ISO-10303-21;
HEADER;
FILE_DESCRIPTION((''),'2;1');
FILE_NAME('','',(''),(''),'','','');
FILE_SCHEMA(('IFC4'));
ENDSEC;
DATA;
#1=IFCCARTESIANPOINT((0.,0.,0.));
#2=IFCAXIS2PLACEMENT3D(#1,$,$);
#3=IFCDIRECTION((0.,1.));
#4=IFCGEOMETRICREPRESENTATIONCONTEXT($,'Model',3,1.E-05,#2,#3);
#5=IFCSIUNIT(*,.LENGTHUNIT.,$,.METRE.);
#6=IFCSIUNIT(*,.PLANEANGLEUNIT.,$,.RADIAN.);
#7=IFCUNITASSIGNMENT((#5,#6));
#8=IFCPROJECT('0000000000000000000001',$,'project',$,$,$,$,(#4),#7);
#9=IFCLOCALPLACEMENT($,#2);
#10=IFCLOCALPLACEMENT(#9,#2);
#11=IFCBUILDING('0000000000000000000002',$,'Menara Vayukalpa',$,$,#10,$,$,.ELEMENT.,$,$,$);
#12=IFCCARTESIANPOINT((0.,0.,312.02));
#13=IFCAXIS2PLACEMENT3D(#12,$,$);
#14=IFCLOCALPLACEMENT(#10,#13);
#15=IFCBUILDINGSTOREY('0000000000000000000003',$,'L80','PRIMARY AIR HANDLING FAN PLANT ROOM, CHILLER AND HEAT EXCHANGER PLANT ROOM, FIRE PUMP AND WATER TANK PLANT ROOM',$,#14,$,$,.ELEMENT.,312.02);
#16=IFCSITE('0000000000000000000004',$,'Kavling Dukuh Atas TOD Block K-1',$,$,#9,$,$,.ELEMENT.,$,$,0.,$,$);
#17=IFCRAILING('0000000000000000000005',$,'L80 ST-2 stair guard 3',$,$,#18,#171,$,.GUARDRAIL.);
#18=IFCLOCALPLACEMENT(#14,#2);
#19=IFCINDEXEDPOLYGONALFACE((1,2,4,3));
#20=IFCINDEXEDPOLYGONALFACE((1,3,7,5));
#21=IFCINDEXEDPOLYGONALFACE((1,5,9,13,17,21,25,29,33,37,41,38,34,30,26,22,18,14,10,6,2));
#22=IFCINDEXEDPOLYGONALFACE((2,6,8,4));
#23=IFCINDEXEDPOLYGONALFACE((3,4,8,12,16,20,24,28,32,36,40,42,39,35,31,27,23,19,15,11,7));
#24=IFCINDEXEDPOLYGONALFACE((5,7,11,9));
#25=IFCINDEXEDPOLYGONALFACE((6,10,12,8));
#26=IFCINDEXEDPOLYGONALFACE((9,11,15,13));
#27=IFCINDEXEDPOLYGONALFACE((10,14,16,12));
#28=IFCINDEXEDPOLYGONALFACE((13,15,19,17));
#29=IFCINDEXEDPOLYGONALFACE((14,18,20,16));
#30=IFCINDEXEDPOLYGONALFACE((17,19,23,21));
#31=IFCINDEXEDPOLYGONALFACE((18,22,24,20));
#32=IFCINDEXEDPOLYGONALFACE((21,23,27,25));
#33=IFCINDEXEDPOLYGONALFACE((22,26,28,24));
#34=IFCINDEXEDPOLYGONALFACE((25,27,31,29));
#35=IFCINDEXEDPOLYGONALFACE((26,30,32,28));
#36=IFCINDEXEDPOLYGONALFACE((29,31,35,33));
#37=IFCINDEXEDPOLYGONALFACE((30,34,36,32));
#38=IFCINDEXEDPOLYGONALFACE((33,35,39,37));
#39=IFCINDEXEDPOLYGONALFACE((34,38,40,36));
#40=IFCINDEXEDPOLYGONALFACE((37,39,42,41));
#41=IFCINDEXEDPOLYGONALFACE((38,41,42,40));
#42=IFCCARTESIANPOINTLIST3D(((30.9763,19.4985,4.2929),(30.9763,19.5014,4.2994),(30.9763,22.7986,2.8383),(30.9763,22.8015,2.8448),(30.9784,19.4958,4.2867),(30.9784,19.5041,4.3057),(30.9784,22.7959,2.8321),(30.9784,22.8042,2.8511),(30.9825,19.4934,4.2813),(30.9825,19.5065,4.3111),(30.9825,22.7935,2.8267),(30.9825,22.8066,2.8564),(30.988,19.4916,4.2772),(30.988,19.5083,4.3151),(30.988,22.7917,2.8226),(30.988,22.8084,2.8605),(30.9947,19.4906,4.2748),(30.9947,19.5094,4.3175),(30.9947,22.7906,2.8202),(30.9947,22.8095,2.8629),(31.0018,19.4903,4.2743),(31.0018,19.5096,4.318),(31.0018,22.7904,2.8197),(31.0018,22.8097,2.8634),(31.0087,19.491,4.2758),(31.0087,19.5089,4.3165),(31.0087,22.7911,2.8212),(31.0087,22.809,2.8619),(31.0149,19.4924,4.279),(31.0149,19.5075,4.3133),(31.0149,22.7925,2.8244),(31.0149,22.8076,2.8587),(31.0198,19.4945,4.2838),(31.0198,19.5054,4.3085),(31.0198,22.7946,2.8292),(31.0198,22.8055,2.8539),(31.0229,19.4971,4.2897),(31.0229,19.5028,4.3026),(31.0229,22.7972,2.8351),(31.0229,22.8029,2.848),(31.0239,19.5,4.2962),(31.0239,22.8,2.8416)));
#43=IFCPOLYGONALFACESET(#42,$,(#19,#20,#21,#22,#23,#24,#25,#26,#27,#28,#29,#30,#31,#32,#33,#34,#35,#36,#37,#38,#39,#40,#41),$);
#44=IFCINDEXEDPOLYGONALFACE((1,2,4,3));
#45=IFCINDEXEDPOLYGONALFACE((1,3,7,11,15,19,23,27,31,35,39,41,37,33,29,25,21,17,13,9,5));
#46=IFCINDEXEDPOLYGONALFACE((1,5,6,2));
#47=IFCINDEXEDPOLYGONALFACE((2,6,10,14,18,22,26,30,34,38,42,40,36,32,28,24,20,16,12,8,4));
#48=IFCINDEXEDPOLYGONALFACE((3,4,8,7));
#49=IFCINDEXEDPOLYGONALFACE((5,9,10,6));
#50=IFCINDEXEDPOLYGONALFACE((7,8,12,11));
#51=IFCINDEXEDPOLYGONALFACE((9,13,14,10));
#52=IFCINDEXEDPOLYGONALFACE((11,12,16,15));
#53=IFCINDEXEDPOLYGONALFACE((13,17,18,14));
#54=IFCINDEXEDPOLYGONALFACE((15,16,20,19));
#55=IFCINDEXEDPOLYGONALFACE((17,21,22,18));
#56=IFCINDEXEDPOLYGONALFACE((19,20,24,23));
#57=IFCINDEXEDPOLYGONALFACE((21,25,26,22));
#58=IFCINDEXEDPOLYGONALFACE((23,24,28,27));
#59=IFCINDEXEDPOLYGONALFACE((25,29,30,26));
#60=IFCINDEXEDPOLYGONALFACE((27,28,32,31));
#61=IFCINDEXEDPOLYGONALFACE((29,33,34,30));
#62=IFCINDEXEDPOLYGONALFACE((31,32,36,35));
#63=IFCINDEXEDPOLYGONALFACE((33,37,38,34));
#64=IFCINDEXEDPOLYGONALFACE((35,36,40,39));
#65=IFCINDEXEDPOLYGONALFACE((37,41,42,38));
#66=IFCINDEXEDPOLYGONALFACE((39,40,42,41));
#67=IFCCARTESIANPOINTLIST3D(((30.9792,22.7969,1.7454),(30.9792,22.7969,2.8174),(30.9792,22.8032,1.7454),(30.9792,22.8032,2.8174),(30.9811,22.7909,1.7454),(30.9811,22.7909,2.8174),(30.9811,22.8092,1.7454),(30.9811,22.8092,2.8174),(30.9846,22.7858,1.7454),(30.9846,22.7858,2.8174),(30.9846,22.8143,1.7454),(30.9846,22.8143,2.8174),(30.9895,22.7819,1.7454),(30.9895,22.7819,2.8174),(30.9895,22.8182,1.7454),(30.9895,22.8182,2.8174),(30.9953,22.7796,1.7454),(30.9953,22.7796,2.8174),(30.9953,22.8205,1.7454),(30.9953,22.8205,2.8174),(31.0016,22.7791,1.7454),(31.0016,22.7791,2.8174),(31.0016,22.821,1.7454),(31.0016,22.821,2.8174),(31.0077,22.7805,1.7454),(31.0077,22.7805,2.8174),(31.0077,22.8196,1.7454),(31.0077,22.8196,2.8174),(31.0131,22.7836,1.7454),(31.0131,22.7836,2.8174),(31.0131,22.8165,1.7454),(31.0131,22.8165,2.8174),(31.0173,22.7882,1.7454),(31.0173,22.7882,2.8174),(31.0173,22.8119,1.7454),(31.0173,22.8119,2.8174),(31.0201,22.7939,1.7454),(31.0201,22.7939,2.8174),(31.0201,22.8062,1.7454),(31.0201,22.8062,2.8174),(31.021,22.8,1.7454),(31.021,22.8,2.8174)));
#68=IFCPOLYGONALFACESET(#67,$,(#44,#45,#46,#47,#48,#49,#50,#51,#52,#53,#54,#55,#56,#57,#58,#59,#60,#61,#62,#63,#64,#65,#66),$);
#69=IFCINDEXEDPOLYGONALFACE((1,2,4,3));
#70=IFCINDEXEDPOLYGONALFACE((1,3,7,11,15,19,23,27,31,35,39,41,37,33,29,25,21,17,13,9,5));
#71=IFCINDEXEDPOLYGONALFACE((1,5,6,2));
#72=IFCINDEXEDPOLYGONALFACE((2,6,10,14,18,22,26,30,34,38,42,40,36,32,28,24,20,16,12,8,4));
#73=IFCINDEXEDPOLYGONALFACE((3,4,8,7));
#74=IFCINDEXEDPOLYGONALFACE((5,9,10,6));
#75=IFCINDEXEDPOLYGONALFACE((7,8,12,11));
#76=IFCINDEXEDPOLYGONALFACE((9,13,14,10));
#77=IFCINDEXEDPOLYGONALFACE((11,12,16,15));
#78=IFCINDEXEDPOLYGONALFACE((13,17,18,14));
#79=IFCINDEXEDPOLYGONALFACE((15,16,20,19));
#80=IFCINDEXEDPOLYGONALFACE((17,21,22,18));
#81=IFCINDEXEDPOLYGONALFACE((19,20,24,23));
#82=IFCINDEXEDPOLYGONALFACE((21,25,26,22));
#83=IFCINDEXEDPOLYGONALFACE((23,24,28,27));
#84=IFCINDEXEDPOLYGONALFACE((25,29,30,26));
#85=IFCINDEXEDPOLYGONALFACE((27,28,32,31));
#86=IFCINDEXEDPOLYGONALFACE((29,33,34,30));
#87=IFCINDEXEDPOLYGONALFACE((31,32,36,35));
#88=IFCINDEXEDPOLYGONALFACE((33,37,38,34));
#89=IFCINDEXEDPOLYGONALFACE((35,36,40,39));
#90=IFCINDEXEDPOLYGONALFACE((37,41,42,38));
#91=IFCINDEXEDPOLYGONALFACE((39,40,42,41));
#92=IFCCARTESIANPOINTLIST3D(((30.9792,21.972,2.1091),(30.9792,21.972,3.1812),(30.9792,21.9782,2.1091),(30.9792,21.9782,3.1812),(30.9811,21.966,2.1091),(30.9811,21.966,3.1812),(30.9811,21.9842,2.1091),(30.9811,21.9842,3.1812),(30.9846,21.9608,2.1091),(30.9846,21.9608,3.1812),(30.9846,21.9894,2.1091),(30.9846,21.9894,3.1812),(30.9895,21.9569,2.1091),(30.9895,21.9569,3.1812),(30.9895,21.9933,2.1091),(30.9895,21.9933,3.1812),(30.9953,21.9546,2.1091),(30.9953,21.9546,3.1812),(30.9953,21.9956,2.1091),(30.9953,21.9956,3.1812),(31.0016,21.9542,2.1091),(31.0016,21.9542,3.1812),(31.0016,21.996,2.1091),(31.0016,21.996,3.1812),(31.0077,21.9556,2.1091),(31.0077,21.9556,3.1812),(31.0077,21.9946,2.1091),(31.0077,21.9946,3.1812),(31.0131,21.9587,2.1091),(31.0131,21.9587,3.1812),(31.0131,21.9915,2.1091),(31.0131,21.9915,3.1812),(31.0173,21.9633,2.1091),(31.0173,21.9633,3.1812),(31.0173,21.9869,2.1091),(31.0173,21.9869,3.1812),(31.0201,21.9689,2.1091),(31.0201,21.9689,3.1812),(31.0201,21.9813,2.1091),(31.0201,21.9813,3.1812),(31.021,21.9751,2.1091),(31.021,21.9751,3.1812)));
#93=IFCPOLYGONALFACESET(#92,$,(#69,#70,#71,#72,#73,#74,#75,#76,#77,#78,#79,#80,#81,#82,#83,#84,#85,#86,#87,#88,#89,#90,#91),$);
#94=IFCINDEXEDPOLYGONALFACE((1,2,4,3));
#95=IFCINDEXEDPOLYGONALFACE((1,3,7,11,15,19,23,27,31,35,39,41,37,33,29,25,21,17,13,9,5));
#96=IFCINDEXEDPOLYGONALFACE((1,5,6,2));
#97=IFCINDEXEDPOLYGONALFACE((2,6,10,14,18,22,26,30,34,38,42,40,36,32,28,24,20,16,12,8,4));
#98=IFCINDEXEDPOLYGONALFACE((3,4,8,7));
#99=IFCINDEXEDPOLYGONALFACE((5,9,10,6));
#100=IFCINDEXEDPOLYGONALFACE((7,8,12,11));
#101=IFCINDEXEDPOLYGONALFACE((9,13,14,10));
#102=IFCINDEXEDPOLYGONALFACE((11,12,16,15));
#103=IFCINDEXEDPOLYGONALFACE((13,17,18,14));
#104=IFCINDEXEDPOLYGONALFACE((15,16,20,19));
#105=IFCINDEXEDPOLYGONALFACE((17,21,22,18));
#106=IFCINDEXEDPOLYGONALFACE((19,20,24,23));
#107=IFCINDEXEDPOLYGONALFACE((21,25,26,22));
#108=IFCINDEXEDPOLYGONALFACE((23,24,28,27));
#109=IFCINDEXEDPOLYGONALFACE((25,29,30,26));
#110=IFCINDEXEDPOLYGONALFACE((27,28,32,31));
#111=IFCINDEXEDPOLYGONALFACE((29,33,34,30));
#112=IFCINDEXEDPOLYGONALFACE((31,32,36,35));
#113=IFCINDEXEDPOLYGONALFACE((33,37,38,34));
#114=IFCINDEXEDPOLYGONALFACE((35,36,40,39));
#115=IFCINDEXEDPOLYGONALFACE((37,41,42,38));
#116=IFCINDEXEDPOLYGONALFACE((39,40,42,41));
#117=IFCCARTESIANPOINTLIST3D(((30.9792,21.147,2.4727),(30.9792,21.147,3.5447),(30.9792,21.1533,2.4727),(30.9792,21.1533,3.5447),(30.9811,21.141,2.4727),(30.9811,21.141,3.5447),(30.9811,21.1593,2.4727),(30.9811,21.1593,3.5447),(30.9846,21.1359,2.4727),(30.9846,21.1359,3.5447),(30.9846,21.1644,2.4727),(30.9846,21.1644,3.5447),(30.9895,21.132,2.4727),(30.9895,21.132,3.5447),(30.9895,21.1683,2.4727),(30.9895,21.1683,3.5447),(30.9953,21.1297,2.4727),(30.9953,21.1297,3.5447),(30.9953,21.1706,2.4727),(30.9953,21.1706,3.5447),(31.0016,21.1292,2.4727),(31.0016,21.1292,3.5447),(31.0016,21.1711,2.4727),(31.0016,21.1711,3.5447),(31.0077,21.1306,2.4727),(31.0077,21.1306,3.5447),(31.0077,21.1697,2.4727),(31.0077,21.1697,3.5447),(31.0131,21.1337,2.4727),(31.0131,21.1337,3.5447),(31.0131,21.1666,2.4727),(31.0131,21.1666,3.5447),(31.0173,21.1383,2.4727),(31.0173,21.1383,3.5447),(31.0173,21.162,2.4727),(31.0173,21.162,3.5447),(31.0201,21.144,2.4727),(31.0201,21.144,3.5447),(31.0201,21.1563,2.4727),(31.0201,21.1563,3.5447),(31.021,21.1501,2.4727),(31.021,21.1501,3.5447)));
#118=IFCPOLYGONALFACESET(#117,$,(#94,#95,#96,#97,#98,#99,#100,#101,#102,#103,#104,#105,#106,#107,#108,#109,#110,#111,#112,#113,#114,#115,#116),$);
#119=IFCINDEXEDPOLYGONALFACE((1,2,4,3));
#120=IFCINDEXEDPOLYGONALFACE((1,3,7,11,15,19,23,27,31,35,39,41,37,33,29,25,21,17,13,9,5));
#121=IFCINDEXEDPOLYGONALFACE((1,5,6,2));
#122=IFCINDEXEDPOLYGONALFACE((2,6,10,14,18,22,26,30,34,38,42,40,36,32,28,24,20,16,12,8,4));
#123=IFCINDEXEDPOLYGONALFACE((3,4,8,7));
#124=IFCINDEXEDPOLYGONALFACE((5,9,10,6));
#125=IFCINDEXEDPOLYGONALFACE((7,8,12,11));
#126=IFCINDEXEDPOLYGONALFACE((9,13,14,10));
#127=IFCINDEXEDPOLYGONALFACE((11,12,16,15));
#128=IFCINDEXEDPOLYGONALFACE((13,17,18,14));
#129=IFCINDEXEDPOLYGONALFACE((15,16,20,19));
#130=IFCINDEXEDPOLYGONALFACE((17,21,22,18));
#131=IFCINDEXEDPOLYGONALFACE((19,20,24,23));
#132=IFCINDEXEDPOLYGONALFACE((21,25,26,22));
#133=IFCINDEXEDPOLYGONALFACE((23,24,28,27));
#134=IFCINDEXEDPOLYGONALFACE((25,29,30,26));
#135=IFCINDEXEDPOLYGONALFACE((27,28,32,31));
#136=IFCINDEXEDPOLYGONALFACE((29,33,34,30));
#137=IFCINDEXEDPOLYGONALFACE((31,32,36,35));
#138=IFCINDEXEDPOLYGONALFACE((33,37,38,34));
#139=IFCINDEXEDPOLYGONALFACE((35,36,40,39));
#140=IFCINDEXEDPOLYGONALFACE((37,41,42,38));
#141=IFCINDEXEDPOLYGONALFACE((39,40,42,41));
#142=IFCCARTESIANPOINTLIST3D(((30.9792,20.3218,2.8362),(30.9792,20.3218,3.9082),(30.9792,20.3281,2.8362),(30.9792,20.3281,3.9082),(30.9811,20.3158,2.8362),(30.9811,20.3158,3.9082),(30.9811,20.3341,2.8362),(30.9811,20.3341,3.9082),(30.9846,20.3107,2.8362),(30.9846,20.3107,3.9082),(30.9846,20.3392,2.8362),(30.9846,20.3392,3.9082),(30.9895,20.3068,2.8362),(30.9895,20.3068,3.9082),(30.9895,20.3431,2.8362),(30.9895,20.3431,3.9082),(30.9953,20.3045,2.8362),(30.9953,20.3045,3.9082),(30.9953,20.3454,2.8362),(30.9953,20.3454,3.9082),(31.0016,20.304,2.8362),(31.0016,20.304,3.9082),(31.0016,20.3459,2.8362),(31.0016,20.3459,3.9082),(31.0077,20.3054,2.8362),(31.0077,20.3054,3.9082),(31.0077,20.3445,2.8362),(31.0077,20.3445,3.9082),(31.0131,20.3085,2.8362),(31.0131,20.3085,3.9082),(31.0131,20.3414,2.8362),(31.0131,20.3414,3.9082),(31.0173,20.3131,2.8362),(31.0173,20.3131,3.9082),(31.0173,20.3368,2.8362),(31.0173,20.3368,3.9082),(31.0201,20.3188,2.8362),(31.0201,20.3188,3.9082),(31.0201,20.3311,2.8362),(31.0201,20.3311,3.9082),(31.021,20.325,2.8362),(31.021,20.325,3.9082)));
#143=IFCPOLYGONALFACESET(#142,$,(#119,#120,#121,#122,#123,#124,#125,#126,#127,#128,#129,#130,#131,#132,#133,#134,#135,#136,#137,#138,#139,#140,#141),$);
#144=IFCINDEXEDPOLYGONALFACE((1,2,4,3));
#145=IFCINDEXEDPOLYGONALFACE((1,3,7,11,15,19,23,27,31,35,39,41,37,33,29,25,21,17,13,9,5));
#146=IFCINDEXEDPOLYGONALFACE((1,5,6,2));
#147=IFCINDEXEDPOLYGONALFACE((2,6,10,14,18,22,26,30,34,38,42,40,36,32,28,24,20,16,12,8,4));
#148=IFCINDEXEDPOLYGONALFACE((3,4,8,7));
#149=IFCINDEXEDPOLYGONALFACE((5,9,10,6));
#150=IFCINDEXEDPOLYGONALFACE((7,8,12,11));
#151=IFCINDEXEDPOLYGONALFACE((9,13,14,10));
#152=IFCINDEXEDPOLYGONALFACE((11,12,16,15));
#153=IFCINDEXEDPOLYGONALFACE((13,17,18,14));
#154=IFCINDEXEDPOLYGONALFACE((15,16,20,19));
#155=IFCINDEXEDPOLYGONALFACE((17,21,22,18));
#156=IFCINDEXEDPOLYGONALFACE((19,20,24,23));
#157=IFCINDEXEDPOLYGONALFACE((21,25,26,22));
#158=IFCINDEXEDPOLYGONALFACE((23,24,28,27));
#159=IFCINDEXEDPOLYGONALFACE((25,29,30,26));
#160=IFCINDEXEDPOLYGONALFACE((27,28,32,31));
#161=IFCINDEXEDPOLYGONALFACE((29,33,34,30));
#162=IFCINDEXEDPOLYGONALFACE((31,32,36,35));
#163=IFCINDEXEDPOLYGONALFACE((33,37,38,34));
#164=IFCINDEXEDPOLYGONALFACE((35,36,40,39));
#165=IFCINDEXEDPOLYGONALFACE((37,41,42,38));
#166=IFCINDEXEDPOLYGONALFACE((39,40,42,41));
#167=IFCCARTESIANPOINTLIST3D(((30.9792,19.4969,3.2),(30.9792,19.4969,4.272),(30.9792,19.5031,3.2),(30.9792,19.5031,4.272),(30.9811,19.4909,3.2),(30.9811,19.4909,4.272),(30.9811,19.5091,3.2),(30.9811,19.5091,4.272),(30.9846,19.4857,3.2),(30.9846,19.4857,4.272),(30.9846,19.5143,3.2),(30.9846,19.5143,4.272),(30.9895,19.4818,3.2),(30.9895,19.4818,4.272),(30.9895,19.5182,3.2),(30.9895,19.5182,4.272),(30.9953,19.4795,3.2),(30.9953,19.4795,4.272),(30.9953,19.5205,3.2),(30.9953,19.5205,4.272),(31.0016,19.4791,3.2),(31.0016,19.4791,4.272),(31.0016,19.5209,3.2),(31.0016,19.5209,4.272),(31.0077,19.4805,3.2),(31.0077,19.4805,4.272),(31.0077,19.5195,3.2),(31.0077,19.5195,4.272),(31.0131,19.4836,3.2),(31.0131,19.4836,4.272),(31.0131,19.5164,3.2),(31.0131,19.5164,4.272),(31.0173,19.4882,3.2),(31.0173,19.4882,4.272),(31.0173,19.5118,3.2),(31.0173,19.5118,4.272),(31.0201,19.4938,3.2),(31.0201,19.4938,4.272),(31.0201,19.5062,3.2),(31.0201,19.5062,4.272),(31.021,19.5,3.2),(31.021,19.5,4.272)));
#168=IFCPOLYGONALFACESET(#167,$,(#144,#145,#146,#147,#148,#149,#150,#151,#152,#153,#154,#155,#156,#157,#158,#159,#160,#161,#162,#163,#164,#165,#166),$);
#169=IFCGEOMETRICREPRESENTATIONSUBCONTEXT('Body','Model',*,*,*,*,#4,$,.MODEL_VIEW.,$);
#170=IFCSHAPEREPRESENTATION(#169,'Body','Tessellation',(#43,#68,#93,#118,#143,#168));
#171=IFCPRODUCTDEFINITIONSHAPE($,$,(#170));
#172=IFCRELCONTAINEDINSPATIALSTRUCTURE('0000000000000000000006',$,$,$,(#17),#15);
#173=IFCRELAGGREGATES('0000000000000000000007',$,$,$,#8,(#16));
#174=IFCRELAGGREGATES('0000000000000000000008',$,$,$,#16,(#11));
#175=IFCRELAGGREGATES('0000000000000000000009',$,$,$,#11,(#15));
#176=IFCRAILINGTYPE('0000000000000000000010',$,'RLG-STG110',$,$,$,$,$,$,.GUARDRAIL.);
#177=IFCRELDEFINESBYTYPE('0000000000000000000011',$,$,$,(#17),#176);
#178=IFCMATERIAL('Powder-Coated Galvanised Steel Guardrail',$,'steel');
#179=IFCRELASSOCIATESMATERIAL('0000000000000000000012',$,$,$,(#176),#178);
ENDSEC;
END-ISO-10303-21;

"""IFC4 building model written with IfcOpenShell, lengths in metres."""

from ifc_helpers import new_model, si_unit, direction, frame, origin, origin_2d, place, context, subcontext, project, spatial, circle, extrude, material, type_object, element, save


model = new_model("IFC4")

# Units and contexts
model_context = context("Model", 3, precision=1e-05, world=origin(), true_north=direction((0.0, 1.0)))
body_context = subcontext(model_context, "Body", "Model", "MODEL_VIEW")
ifc_project = project(units=[si_unit("LENGTHUNIT", "METRE"), si_unit("PLANEANGLEUNIT", "RADIAN")], contexts=[model_context])

# Site, building, storey
site_placement = place(None, origin())
site = spatial("IfcSite", under=ifc_project, at=site_placement, Name="Kavling Dukuh Atas TOD Block K-1", CompositionType="ELEMENT", RefElevation=0.0)
building_placement = place(site_placement, origin())
building = spatial("IfcBuilding", under=site, at=building_placement, Name="Menara Vayukalpa", CompositionType="ELEMENT")
storey_placement = place(building_placement, frame((0.0, 0.0, 312.02)))
storey = spatial("IfcBuildingStorey", under=building, at=storey_placement, Name="L80", Description="PRIMARY AIR HANDLING FAN PLANT ROOM, CHILLER AND HEAT EXCHANGER PLANT ROOM, FIRE PUMP AND WATER TANK PLANT ROOM", CompositionType="ELEMENT", Elevation=312.02)

# Railing
ifc_material_1 = material(Name="Powder-Coated Galvanised Steel Guardrail", Category="steel")
railing_type = type_object("IfcRailingType", Name="RLG-STG110", PredefinedType="GUARDRAIL", material=ifc_material_1)
railing_1_placement = place(storey_placement, frame((31.0, 22.8, 1.7454)))
element("IfcRailing", 1, at=railing_1_placement, inside=storey, type_object=railing_type, Name="L80 ST-2 stair guard 3", PredefinedType="GUARDRAIL", context=body_context, shape_type="SweptSolid", body=[
    extrude(circle(Radius=0.0239, at=origin_2d()), frame((0.0, 0.0, 1.0962), z_axis=(0.0, -0.915052, 0.403335), x_axis=(1.0, 0.0, 0.0)), (0.0, 0.0, 1.0), 3.6064),
    extrude(circle(Radius=0.021, at=origin_2d()), origin(), (0.0, 0.0, 1.0), 1.072),
    extrude(circle(Radius=0.021, at=origin_2d()), frame((0.0, -0.825, 0.3638)), (0.0, 0.0, 1.0), 1.072),
    extrude(circle(Radius=0.021, at=origin_2d()), frame((0.0, -1.6499, 0.7273)), (0.0, 0.0, 1.0), 1.072),
    extrude(circle(Radius=0.021, at=origin_2d()), frame((0.0, -2.4751, 1.0908)), (0.0, 0.0, 1.0), 1.072),
    extrude(circle(Radius=0.021, at=origin_2d()), frame((0.0, -3.3, 1.4546)), (0.0, 0.0, 1.0), 1.072),
])

save(model, "model.ifc")
